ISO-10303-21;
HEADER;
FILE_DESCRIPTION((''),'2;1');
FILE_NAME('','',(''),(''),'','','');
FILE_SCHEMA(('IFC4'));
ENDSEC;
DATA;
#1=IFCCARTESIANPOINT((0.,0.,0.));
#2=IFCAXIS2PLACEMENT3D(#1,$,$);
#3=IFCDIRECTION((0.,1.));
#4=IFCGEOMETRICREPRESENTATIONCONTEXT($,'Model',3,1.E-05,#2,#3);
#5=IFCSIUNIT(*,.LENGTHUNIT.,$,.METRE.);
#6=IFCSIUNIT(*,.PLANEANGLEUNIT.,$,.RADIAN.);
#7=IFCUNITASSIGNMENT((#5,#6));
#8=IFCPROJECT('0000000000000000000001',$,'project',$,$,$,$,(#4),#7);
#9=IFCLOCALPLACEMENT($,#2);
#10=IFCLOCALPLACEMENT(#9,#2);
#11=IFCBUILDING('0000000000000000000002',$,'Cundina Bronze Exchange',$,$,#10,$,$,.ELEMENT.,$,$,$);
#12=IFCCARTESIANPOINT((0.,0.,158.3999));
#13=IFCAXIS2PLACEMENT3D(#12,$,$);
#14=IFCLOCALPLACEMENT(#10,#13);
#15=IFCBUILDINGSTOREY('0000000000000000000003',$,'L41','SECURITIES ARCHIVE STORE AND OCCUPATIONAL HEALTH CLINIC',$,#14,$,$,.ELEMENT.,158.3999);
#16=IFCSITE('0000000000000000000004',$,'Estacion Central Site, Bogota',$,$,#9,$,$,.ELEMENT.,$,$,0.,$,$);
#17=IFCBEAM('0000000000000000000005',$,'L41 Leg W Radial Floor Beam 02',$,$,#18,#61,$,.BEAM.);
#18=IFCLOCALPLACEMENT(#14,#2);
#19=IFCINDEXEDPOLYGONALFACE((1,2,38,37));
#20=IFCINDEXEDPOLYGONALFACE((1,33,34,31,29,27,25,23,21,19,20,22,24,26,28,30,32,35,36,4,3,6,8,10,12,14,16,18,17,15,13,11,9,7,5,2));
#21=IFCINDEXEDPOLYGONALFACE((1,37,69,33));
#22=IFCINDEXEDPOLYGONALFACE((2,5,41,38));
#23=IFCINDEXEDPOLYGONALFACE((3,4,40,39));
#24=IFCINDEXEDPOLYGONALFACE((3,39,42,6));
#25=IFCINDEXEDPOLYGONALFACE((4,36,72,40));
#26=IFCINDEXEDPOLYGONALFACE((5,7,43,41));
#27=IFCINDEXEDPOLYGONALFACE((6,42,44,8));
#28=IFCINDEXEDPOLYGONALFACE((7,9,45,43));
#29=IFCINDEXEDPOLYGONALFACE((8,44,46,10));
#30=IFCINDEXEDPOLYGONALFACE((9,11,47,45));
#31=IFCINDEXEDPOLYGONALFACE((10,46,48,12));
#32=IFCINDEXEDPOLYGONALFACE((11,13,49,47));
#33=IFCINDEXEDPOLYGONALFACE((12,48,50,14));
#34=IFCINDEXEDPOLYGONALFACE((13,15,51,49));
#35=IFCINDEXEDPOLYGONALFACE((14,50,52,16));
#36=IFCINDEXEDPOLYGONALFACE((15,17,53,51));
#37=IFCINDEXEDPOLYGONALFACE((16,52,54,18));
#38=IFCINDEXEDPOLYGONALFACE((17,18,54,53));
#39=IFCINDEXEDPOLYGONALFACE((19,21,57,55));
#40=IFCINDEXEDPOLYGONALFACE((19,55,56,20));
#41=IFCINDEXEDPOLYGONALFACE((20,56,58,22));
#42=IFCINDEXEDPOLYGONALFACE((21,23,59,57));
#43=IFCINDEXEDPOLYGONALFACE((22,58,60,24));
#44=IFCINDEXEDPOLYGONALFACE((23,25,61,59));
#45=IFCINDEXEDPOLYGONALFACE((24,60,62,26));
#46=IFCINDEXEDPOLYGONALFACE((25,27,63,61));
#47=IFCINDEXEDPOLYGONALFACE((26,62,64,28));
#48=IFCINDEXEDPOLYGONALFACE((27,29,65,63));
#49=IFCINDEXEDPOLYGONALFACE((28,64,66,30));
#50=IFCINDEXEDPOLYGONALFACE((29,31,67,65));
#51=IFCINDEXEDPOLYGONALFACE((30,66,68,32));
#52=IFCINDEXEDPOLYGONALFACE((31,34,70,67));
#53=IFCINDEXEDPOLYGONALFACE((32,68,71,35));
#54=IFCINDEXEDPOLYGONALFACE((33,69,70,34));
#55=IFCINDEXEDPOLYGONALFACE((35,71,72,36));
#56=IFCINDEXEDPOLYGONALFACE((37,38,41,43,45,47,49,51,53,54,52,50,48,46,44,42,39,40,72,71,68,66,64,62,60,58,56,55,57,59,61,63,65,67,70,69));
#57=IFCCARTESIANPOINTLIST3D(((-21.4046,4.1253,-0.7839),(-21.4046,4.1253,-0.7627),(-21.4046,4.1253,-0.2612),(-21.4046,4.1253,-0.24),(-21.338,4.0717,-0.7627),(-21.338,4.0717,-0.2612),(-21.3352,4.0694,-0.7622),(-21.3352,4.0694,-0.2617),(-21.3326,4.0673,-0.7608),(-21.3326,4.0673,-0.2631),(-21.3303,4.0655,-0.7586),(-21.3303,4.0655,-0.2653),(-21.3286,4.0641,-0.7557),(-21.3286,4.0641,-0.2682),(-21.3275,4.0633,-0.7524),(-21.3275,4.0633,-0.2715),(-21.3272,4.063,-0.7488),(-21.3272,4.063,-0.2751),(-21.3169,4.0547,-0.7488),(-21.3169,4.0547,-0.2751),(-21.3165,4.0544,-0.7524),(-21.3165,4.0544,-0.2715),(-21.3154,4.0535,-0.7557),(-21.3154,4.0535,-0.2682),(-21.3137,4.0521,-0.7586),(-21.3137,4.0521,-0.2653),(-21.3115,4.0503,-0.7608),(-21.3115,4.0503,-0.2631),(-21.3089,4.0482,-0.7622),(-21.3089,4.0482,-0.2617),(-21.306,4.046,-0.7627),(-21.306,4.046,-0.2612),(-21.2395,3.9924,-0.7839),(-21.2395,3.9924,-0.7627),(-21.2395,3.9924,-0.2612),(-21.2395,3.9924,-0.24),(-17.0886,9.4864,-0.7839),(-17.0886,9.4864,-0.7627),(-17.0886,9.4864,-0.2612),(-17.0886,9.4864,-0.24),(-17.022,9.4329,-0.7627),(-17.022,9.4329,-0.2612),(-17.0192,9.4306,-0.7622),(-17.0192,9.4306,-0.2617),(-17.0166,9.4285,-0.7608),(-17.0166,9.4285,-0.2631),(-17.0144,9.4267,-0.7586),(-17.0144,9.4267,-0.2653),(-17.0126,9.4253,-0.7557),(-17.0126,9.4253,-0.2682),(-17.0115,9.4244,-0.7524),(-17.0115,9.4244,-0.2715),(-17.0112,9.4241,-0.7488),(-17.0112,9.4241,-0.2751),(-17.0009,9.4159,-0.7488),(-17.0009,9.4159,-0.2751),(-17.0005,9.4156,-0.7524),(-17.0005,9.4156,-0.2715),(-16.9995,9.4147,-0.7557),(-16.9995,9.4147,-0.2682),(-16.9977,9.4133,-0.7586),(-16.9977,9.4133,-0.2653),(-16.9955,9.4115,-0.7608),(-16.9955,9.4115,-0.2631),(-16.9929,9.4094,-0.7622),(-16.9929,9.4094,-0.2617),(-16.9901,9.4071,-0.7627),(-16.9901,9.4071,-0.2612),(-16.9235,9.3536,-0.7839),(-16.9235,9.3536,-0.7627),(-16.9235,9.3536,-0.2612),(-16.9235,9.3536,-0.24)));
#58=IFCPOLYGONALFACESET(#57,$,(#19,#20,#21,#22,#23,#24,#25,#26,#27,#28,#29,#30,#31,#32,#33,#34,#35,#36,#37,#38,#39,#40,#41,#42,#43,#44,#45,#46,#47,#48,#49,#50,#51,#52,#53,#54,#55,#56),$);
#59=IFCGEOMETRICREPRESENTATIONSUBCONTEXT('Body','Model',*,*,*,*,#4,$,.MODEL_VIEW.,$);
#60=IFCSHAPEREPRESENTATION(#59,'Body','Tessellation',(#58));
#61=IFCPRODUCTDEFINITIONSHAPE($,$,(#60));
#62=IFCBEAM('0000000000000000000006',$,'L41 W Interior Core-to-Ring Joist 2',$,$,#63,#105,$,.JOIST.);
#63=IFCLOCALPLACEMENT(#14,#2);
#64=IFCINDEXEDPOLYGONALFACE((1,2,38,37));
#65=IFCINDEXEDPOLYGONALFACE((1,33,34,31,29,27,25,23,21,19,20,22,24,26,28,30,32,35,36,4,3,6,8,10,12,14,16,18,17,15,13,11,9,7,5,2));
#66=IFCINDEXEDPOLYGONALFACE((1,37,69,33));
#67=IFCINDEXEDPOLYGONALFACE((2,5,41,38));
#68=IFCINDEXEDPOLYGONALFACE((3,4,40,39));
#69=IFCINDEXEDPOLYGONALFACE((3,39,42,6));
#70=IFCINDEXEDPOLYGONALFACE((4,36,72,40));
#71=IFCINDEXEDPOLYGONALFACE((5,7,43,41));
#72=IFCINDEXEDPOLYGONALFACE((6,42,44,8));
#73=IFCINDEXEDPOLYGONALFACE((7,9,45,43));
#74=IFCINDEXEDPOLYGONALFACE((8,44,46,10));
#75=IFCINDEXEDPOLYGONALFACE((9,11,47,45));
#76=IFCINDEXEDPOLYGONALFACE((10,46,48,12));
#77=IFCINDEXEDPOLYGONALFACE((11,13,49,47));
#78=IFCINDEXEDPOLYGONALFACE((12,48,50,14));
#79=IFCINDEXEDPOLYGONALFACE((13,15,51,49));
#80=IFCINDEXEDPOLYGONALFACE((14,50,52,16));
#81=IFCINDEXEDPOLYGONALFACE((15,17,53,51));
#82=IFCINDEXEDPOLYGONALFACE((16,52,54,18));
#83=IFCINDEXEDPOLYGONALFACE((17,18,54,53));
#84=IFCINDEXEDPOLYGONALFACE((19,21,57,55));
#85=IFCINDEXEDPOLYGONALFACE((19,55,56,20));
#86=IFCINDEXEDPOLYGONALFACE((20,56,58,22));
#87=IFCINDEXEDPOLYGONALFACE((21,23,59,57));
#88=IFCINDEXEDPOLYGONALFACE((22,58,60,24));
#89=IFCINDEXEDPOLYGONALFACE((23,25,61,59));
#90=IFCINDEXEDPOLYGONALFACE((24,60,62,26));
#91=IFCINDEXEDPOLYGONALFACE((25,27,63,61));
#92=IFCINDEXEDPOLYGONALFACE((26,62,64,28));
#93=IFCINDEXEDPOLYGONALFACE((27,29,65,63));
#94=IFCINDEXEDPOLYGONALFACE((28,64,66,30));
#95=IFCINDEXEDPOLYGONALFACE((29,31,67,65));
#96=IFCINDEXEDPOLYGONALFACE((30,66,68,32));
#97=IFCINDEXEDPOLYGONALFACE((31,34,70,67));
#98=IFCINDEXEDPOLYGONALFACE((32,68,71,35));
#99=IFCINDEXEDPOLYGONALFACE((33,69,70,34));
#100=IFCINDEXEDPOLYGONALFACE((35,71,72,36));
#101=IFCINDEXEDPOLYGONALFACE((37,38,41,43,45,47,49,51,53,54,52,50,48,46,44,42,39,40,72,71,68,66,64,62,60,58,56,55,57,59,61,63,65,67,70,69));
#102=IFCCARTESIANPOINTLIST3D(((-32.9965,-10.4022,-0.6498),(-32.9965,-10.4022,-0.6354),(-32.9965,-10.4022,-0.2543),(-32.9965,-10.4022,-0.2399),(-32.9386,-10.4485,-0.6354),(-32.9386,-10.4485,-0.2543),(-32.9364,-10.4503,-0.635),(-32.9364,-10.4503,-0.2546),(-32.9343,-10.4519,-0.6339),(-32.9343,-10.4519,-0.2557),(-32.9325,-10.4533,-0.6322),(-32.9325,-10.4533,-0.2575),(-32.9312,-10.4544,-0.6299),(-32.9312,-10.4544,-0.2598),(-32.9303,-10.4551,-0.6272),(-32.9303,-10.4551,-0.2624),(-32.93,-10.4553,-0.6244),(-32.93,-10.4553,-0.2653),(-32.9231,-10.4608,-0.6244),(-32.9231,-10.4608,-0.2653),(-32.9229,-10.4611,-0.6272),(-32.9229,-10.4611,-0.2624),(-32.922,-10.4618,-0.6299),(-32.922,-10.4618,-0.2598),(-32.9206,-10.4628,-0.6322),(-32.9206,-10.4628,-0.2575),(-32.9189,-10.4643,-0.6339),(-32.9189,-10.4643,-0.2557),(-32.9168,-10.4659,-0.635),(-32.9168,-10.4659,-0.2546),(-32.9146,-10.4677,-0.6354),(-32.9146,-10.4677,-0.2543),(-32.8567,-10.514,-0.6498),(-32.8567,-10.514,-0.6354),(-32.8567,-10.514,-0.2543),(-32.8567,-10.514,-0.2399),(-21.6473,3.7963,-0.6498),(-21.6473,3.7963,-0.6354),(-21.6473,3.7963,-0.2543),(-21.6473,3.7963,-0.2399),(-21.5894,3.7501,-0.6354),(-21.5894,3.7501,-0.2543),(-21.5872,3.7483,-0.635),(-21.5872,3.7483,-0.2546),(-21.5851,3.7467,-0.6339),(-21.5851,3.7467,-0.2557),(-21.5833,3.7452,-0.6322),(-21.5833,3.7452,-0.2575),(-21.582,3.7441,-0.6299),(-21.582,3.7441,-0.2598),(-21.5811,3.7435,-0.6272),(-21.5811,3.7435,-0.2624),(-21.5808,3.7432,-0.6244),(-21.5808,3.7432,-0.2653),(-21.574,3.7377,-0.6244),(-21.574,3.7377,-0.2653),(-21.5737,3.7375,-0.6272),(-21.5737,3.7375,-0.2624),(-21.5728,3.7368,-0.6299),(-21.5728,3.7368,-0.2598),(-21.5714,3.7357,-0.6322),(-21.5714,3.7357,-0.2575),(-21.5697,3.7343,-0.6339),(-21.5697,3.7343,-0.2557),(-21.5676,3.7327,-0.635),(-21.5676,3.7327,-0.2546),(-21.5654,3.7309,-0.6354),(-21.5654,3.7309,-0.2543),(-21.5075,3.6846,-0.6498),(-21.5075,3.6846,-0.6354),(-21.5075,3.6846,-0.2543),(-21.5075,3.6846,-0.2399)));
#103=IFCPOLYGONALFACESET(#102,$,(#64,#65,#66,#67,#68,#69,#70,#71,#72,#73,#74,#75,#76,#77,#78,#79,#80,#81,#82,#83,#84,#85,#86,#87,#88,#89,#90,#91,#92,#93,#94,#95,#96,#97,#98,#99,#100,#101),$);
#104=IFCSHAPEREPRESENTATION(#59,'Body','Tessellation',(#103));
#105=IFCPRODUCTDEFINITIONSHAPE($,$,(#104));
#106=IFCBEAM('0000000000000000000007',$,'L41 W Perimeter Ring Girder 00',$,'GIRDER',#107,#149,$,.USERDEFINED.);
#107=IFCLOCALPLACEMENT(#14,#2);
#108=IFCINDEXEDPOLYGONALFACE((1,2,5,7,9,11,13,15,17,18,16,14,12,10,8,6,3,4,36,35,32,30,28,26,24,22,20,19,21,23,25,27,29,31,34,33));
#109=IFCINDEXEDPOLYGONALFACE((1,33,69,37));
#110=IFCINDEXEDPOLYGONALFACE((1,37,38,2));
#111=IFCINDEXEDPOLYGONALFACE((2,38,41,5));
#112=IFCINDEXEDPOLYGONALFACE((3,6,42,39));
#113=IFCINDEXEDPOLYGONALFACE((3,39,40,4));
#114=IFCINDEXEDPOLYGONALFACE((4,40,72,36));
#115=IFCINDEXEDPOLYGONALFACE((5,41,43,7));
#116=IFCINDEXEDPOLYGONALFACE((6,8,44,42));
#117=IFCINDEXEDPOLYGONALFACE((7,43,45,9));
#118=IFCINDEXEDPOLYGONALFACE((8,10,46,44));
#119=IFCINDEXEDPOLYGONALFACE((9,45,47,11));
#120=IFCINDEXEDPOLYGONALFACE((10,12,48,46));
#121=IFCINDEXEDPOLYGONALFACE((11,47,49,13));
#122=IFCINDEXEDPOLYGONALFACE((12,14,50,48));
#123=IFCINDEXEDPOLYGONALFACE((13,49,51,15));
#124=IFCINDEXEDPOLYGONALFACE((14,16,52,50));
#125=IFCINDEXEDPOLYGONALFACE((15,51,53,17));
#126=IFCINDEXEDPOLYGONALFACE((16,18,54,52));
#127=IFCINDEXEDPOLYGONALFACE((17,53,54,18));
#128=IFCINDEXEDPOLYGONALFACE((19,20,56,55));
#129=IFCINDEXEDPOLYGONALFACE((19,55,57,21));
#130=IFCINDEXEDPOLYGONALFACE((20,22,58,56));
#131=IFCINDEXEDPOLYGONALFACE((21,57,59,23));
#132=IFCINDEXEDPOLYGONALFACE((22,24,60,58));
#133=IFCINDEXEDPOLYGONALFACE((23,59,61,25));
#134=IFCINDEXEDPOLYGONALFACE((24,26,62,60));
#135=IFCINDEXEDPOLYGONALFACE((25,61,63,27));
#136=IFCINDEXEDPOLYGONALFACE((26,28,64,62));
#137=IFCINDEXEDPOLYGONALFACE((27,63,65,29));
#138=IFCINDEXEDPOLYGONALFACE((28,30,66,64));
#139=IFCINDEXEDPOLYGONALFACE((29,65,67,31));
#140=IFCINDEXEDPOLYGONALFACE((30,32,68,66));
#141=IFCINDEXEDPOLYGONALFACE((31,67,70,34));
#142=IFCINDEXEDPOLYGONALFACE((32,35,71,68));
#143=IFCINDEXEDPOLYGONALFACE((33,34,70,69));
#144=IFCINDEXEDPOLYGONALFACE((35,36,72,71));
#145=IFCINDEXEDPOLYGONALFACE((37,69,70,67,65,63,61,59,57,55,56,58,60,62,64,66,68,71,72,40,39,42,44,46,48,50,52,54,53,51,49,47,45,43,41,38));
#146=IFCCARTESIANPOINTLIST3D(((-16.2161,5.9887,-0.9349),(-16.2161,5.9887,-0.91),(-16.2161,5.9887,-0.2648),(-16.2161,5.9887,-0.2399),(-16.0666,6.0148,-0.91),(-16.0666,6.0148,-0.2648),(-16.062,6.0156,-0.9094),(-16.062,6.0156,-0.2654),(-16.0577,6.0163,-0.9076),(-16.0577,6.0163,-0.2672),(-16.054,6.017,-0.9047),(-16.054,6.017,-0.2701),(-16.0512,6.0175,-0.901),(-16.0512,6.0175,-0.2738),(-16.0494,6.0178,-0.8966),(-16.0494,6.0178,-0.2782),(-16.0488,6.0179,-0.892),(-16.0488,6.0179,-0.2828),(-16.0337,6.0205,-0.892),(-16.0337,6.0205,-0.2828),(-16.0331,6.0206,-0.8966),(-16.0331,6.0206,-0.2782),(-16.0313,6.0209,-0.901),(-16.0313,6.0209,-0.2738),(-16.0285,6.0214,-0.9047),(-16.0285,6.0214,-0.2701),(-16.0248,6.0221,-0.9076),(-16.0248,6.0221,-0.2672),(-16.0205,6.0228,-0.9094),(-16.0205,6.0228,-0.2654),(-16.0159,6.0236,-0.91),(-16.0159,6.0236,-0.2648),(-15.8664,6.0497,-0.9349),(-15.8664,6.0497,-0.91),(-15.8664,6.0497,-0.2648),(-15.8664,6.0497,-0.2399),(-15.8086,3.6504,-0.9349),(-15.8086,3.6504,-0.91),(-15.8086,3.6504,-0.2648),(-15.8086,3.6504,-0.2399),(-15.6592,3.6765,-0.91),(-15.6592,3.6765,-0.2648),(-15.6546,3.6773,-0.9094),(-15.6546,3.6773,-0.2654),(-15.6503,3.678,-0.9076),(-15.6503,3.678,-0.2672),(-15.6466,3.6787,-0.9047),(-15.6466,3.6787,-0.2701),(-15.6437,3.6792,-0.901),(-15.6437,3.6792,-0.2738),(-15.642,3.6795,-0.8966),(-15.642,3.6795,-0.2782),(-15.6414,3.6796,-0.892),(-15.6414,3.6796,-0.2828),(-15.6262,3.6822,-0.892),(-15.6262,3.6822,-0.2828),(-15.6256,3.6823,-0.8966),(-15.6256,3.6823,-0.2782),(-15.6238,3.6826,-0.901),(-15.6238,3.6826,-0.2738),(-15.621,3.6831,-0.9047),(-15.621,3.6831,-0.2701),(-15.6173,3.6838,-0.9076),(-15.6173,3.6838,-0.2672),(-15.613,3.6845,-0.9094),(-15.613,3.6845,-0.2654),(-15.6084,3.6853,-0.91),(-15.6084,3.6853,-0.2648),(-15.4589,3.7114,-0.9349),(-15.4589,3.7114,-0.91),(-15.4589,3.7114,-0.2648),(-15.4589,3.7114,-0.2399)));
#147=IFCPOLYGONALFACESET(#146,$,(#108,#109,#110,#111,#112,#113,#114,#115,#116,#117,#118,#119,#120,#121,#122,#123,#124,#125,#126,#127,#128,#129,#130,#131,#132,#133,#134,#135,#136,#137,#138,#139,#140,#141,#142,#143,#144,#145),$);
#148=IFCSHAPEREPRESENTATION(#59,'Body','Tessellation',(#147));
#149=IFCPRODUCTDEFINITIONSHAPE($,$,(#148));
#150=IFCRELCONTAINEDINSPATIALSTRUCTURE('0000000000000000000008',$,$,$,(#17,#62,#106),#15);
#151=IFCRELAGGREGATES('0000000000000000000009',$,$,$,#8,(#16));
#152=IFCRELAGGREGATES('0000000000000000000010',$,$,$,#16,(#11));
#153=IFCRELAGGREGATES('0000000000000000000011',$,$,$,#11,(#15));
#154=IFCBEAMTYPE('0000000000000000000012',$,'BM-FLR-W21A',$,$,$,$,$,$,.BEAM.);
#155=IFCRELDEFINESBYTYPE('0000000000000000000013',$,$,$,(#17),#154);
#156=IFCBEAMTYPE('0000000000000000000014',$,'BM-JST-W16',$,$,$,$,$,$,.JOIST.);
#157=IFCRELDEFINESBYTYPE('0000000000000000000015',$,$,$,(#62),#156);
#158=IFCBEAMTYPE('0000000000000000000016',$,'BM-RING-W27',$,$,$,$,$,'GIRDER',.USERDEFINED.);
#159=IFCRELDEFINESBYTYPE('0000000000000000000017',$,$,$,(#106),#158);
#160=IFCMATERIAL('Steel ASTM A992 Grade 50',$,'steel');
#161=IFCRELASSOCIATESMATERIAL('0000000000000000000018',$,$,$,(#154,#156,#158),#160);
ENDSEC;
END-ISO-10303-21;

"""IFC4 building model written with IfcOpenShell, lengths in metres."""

from ifc_helpers import new_model, si_unit, direction, frame, origin, origin_2d, place, context, subcontext, project, spatial, i_section, extrude, material, material_profile, profile_set, type_object, element, save


model = new_model("IFC4")

# Units and contexts
model_context = context("Model", 3, precision=1e-05, world=origin(), true_north=direction((0.0, 1.0)))
body_context = subcontext(model_context, "Body", "Model", "MODEL_VIEW")
ifc_project = project(units=[si_unit("LENGTHUNIT", "METRE"), si_unit("PLANEANGLEUNIT", "RADIAN")], contexts=[model_context])

# Site, building, storey
site_placement = place(None, origin())
site = spatial("IfcSite", under=ifc_project, at=site_placement, Name="Estacion Central Site, Bogota", CompositionType="ELEMENT", RefElevation=0.0)
building_placement = place(site_placement, origin())
building = spatial("IfcBuilding", under=site, at=building_placement, Name="Cundina Bronze Exchange", CompositionType="ELEMENT")
storey_placement = place(building_placement, frame((0.0, 0.0, 158.3999)))
storey = spatial("IfcBuildingStorey", under=building, at=storey_placement, Name="L41", Description="SECURITIES ARCHIVE STORE AND OCCUPATIONAL HEALTH CLINIC", CompositionType="ELEMENT", Elevation=158.3999)

# Shared definitions
ifc_material_1 = material(Name="Steel ASTM A992 Grade 50", Category="steel")

# Beams
ifc_material_profile_1 = material_profile(ifc_material_1, i_section(OverallWidth=0.2119, OverallDepth=0.5439, WebThickness=0.0132, FlangeThickness=0.0212, FilletRadius=0.0139, at=origin_2d()), Name="W21X83", Category="steel")
ifc_profile_set_1 = profile_set([ifc_material_profile_1], Name="Steel ASTM A992 Grade 50")
beam_type_1 = type_object("IfcBeamType", Name="BM-FLR-W21A", PredefinedType="BEAM", material=ifc_profile_set_1)
beam_1_placement = place(storey_placement, frame((-21.322, 4.0588, -0.512), z_axis=(0.627089, 0.778948, 0.0), x_axis=(-0.778948, 0.627089, 0.0)))
element("IfcBeam", 1, at=beam_1_placement, inside=storey, type_object=beam_type_1, Name="L41 Leg W Radial Floor Beam 02", PredefinedType="BEAM", context=body_context, shape_type="SweptSolid", body=[
    extrude(i_section(OverallWidth=0.2119, OverallDepth=0.5439, WebThickness=0.0132, FlangeThickness=0.0212, FilletRadius=0.0139, at=origin_2d()), origin(), (0.0, 0.0, 1.0), 6.8826),
])
ifc_material_profile_2 = material_profile(ifc_material_1, i_section(OverallWidth=0.179, OverallDepth=0.4099, WebThickness=0.0088, FlangeThickness=0.0144, FilletRadius=0.011, at=origin_2d()), Name="W16X45", Category="steel")
ifc_profile_set_2 = profile_set([ifc_material_profile_2], Name="Steel ASTM A992 Grade 50")
beam_type_2 = type_object("IfcBeamType", Name="BM-JST-W16", PredefinedType="JOIST", material=ifc_profile_set_2)
beam_2_placement = place(storey_placement, frame((-21.5774, 3.7405, -0.4448), z_axis=(-0.624371, -0.781128, 0.0), x_axis=(0.781128, -0.624371, 0.0)))
element("IfcBeam", 2, at=beam_2_placement, inside=storey, type_object=beam_type_2, Name="L41 W Interior Core-to-Ring Joist 2", PredefinedType="JOIST", context=body_context, shape_type="SweptSolid", body=[
    extrude(i_section(OverallWidth=0.179, OverallDepth=0.4099, WebThickness=0.0088, FlangeThickness=0.0144, FilletRadius=0.011, at=origin_2d()), origin(), (0.0, 0.0, 1.0), 18.177),
])
ifc_material_profile_3 = material_profile(ifc_material_1, i_section(OverallWidth=0.355, OverallDepth=0.6951, WebThickness=0.0154, FlangeThickness=0.0249, FilletRadius=0.0181, at=origin_2d()), Name="W27X146", Category="steel")
ifc_profile_set_3 = profile_set([ifc_material_profile_3], Name="Steel ASTM A992 Grade 50")
beam_type_3 = type_object("IfcBeamType", Name="BM-RING-W27", ElementType="GIRDER", PredefinedType="USERDEFINED", material=ifc_profile_set_3)
beam_3_placement = place(storey_placement, frame((-15.6338, 3.6809, -0.5874), z_axis=(-0.171667, 0.985155, 0.0), x_axis=(-0.985155, -0.171667, 0.0)))
element("IfcBeam", 3, at=beam_3_placement, inside=storey, type_object=beam_type_3, Name="L41 W Perimeter Ring Girder 00", ObjectType="GIRDER", PredefinedType="USERDEFINED", context=body_context, shape_type="SweptSolid", body=[
    extrude(i_section(OverallWidth=0.355, OverallDepth=0.6951, WebThickness=0.0154, FlangeThickness=0.0249, FilletRadius=0.0181, at=origin_2d()), origin(), (0.0, 0.0, 1.0), 2.3735),
])

save(model, "model.ifc")
